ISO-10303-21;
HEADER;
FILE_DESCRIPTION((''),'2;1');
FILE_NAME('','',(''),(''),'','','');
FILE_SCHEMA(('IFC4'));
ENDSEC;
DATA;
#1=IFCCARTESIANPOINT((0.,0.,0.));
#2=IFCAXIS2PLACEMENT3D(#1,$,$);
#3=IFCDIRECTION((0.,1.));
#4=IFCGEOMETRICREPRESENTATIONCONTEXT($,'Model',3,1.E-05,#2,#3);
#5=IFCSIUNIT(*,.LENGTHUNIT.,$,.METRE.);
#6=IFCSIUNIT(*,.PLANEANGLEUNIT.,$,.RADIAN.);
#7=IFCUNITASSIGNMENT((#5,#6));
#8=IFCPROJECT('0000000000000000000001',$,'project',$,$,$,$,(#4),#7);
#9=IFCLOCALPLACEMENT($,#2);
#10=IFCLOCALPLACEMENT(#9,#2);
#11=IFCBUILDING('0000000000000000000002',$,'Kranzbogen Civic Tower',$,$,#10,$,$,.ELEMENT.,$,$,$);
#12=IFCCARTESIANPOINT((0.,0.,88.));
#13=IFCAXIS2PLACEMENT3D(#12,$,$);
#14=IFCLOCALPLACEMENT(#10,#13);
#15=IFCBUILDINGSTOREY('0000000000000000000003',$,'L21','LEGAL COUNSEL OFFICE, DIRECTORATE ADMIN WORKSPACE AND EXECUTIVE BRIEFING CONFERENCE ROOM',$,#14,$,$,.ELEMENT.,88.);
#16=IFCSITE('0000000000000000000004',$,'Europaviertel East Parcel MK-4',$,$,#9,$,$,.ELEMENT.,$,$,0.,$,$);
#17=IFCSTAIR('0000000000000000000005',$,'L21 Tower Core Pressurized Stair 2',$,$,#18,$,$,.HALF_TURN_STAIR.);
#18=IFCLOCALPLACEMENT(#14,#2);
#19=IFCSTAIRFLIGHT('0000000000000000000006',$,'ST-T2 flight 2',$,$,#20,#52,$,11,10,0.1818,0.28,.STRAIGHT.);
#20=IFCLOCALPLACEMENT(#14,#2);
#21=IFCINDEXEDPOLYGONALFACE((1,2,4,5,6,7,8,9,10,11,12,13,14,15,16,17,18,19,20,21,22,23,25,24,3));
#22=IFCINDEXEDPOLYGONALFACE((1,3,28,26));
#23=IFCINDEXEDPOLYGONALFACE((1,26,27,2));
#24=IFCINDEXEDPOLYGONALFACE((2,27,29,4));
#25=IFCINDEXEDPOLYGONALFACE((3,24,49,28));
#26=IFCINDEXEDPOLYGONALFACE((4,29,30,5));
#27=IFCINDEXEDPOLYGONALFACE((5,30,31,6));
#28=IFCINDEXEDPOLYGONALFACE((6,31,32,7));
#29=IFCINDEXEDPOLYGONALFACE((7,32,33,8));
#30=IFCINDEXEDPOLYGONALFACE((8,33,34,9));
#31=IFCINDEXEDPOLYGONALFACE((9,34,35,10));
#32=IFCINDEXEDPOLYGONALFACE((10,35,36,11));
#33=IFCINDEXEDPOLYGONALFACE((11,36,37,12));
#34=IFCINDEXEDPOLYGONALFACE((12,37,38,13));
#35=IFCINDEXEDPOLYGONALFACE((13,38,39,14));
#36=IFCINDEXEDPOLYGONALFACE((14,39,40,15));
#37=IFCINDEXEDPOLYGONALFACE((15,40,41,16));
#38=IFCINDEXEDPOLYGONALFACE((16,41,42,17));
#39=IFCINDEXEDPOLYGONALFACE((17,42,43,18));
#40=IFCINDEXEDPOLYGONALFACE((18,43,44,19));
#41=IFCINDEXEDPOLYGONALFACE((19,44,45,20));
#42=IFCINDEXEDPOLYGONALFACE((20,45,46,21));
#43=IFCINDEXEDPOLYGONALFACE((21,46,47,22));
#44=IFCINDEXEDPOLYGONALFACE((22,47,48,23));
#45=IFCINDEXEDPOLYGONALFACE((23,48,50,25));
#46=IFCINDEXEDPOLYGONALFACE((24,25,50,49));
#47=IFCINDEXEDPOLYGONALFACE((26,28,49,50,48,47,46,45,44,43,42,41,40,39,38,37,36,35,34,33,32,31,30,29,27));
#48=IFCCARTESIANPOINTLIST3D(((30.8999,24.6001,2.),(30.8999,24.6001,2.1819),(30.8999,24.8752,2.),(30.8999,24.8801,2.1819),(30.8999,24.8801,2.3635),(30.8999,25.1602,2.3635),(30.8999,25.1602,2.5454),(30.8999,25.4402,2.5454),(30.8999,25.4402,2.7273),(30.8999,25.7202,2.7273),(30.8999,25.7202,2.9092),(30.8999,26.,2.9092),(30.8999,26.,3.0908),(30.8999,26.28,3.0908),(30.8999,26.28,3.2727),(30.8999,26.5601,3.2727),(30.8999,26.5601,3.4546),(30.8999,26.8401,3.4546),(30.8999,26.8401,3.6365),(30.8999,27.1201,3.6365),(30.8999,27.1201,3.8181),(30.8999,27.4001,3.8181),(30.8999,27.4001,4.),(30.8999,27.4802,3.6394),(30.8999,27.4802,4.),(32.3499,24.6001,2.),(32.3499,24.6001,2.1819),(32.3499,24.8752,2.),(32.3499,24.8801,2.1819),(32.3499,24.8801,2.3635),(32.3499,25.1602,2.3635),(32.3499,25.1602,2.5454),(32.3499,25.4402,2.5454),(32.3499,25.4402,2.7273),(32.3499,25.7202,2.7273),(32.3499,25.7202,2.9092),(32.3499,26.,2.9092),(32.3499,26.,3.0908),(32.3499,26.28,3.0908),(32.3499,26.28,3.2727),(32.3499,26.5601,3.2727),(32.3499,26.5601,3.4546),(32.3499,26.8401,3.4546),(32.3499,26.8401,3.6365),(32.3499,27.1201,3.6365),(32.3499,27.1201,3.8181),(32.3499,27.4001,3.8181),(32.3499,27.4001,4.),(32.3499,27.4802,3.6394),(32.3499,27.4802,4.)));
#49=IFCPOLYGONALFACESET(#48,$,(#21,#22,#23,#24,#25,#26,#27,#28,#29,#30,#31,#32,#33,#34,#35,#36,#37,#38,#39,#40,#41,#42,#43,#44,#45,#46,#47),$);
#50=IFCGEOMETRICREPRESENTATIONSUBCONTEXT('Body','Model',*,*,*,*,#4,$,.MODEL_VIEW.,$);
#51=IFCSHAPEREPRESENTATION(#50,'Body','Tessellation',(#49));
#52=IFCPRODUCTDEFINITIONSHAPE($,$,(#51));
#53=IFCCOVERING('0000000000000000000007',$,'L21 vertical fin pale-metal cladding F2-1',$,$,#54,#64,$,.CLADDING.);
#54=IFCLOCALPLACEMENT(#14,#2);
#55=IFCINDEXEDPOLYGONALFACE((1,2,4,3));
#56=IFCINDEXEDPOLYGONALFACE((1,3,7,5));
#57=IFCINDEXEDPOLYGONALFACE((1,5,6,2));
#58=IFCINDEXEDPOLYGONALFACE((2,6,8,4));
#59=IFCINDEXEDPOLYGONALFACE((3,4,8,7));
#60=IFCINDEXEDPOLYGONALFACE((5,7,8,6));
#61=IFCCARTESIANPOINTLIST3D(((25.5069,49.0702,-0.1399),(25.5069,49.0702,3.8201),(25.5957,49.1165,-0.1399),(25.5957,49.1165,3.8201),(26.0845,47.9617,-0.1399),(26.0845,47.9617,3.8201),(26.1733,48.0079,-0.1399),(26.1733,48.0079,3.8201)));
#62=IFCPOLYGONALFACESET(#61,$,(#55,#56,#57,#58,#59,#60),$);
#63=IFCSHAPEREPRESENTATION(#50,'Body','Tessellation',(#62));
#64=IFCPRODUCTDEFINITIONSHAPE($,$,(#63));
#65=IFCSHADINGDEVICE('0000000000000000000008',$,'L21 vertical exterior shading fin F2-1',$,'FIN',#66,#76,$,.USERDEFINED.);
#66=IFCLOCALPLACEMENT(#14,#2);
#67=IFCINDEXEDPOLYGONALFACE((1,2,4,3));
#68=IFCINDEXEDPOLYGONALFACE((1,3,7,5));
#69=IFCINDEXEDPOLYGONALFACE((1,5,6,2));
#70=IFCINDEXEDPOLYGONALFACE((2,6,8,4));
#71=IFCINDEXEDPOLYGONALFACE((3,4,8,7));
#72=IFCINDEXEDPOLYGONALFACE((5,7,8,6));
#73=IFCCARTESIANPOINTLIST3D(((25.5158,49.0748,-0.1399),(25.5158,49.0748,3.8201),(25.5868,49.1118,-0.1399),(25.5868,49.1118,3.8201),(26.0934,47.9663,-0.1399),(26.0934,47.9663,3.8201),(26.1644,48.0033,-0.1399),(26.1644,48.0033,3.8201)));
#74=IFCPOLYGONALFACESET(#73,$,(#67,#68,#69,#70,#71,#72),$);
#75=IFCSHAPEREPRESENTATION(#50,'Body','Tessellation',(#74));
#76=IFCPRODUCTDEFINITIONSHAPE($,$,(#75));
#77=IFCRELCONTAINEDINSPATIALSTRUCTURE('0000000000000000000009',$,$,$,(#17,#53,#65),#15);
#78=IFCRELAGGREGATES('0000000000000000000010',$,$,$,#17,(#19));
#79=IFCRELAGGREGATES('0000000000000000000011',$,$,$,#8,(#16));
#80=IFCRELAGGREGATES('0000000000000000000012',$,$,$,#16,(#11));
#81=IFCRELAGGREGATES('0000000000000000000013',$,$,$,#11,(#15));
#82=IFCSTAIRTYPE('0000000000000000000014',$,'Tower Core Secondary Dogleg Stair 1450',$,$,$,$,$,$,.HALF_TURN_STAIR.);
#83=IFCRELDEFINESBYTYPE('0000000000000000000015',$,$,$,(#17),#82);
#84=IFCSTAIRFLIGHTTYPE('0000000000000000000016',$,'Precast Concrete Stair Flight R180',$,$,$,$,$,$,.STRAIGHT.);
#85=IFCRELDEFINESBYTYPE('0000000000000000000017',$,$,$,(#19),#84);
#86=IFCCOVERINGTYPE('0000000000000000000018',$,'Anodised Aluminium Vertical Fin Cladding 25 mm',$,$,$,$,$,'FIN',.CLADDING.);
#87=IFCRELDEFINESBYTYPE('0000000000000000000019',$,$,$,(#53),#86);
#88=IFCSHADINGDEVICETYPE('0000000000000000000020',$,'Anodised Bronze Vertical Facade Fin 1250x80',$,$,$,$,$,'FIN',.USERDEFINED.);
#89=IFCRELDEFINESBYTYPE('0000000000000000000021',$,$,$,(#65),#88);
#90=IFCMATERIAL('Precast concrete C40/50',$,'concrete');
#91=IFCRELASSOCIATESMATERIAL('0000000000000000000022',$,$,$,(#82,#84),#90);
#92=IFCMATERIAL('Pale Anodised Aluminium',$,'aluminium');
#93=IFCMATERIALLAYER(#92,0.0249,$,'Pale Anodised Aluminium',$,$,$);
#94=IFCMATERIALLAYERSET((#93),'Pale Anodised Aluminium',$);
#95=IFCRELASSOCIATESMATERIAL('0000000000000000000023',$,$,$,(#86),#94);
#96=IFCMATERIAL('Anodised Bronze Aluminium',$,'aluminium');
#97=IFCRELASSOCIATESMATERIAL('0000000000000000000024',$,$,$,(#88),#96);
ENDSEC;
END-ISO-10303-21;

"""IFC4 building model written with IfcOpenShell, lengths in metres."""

from ifc_helpers import new_model, si_unit, direction, frame, origin, origin_2d, place, context, subcontext, project, spatial, polyline, rectangle, outline, extrude, material, layer, layer_set, type_object, element, aggregate, save


model = new_model("IFC4")

# Units and contexts
model_context = context("Model", 3, precision=1e-05, world=origin(), true_north=direction((0.0, 1.0)))
body_context = subcontext(model_context, "Body", "Model", "MODEL_VIEW")
ifc_project = project(units=[si_unit("LENGTHUNIT", "METRE"), si_unit("PLANEANGLEUNIT", "RADIAN")], contexts=[model_context])

# Site, building, storey
site_placement = place(None, origin())
site = spatial("IfcSite", under=ifc_project, at=site_placement, Name="Europaviertel East Parcel MK-4", CompositionType="ELEMENT", RefElevation=0.0)
building_placement = place(site_placement, origin())
building = spatial("IfcBuilding", under=site, at=building_placement, Name="Kranzbogen Civic Tower", CompositionType="ELEMENT")
storey_placement = place(building_placement, frame((0.0, 0.0, 88.0)))
storey = spatial("IfcBuildingStorey", under=building, at=storey_placement, Name="L21", Description="LEGAL COUNSEL OFFICE, DIRECTORATE ADMIN WORKSPACE AND EXECUTIVE BRIEFING CONFERENCE ROOM", CompositionType="ELEMENT", Elevation=88.0)

# Shared definitions
ifc_material_1 = material(Name="Pale Anodised Aluminium", Category="aluminium")

# Stair, stair flight
ifc_material_2 = material(Name="Precast concrete C40/50", Category="concrete")
stair_type = type_object("IfcStairType", Name="Tower Core Secondary Dogleg Stair 1450", PredefinedType="HALF_TURN_STAIR", material=ifc_material_2)
stair_placement = place(storey_placement, origin())
stair = element("IfcStair", 1, at=stair_placement, inside=storey, type_object=stair_type, Name="L21 Tower Core Pressurized Stair 2", PredefinedType="HALF_TURN_STAIR")
stair_flight_type = type_object("IfcStairFlightType", Name="Precast Concrete Stair Flight R180", PredefinedType="STRAIGHT", material=ifc_material_2)
stair_flight_1_placement = place(storey_placement, frame((31.625, 24.6001, 2.0), z_axis=(0.0, 0.0, 1.0), x_axis=(0.0, 1.0, 0.0)))
stair_flight_1 = element("IfcStairFlight", 2, at=stair_flight_1_placement, type_object=stair_flight_type, Name="ST-T2 flight 2", NumberOfRisers=11, NumberOfTreads=10, PredefinedType="STRAIGHT", RiserHeight=0.1818, TreadLength=0.28, context=body_context, shape_type="SweptSolid", body=[
    extrude(outline(polyline([(0.0, 0.0), (0.0, 0.1819), (0.28, 0.1819), (0.28, 0.3635), (0.5601, 0.3635), (0.5601, 0.5454), (0.8401, 0.5454), (0.8401, 0.7273), (1.1201, 0.7273), (1.1201, 0.9092), (1.3999, 0.9092), (1.3999, 1.0908), (1.6799, 1.0908), (1.6799, 1.2727), (1.96, 1.2727), (1.96, 1.4546), (2.24, 1.4546), (2.24, 1.6365), (2.52, 1.6365), (2.52, 1.8181), (2.8, 1.8181), (2.8, 2.0), (2.8801, 2.0), (2.8801, 1.6394), (0.2751, 0.0), (0.0, 0.0)])), frame((0.0, 0.7251, 0.0), z_axis=(0.0, -1.0, 0.0), x_axis=(1.0, 0.0, 0.0)), (0.0, 0.0, 1.0), 1.45),
])
aggregate(stair, [stair_flight_1])

# Covering
ifc_layer_1 = layer(ifc_material_1, 0.0249, Name="Pale Anodised Aluminium")
ifc_layer_set_1 = layer_set([ifc_layer_1], Name="Pale Anodised Aluminium")
covering_type = type_object("IfcCoveringType", Name="Anodised Aluminium Vertical Fin Cladding 25 mm", ElementType="FIN", PredefinedType="CLADDING", material=ifc_layer_set_1)
covering_placement = place(storey_placement, frame((25.8401, 48.5391, -0.1399), z_axis=(0.0, 0.0, 1.0), x_axis=(-0.462074, 0.886842, 0.0)))
element("IfcCovering", 3, at=covering_placement, inside=storey, type_object=covering_type, Name="L21 vertical fin pale-metal cladding F2-1", PredefinedType="CLADDING", context=body_context, shape_type="SweptSolid", body=[
    extrude(rectangle(XDim=1.25, YDim=0.1001, at=origin_2d()), origin(), (0.0, 0.0, 1.0), 3.96),
])

# Shading device
ifc_material_3 = material(Name="Anodised Bronze Aluminium", Category="aluminium")
shading_device_type = type_object("IfcShadingDeviceType", Name="Anodised Bronze Vertical Facade Fin 1250x80", ElementType="FIN", PredefinedType="USERDEFINED", material=ifc_material_3)
shading_device_placement = place(storey_placement, frame((25.8401, 48.5391, -0.1399), z_axis=(0.0, 0.0, 1.0), x_axis=(-0.462074, 0.886842, 0.0)))
element("IfcShadingDevice", 4, at=shading_device_placement, inside=storey, type_object=shading_device_type, Name="L21 vertical exterior shading fin F2-1", ObjectType="FIN", PredefinedType="USERDEFINED", context=body_context, shape_type="SweptSolid", body=[
    extrude(rectangle(XDim=1.25, YDim=0.0801, at=origin_2d()), origin(), (0.0, 0.0, 1.0), 3.96),
])

save(model, "model.ifc")
